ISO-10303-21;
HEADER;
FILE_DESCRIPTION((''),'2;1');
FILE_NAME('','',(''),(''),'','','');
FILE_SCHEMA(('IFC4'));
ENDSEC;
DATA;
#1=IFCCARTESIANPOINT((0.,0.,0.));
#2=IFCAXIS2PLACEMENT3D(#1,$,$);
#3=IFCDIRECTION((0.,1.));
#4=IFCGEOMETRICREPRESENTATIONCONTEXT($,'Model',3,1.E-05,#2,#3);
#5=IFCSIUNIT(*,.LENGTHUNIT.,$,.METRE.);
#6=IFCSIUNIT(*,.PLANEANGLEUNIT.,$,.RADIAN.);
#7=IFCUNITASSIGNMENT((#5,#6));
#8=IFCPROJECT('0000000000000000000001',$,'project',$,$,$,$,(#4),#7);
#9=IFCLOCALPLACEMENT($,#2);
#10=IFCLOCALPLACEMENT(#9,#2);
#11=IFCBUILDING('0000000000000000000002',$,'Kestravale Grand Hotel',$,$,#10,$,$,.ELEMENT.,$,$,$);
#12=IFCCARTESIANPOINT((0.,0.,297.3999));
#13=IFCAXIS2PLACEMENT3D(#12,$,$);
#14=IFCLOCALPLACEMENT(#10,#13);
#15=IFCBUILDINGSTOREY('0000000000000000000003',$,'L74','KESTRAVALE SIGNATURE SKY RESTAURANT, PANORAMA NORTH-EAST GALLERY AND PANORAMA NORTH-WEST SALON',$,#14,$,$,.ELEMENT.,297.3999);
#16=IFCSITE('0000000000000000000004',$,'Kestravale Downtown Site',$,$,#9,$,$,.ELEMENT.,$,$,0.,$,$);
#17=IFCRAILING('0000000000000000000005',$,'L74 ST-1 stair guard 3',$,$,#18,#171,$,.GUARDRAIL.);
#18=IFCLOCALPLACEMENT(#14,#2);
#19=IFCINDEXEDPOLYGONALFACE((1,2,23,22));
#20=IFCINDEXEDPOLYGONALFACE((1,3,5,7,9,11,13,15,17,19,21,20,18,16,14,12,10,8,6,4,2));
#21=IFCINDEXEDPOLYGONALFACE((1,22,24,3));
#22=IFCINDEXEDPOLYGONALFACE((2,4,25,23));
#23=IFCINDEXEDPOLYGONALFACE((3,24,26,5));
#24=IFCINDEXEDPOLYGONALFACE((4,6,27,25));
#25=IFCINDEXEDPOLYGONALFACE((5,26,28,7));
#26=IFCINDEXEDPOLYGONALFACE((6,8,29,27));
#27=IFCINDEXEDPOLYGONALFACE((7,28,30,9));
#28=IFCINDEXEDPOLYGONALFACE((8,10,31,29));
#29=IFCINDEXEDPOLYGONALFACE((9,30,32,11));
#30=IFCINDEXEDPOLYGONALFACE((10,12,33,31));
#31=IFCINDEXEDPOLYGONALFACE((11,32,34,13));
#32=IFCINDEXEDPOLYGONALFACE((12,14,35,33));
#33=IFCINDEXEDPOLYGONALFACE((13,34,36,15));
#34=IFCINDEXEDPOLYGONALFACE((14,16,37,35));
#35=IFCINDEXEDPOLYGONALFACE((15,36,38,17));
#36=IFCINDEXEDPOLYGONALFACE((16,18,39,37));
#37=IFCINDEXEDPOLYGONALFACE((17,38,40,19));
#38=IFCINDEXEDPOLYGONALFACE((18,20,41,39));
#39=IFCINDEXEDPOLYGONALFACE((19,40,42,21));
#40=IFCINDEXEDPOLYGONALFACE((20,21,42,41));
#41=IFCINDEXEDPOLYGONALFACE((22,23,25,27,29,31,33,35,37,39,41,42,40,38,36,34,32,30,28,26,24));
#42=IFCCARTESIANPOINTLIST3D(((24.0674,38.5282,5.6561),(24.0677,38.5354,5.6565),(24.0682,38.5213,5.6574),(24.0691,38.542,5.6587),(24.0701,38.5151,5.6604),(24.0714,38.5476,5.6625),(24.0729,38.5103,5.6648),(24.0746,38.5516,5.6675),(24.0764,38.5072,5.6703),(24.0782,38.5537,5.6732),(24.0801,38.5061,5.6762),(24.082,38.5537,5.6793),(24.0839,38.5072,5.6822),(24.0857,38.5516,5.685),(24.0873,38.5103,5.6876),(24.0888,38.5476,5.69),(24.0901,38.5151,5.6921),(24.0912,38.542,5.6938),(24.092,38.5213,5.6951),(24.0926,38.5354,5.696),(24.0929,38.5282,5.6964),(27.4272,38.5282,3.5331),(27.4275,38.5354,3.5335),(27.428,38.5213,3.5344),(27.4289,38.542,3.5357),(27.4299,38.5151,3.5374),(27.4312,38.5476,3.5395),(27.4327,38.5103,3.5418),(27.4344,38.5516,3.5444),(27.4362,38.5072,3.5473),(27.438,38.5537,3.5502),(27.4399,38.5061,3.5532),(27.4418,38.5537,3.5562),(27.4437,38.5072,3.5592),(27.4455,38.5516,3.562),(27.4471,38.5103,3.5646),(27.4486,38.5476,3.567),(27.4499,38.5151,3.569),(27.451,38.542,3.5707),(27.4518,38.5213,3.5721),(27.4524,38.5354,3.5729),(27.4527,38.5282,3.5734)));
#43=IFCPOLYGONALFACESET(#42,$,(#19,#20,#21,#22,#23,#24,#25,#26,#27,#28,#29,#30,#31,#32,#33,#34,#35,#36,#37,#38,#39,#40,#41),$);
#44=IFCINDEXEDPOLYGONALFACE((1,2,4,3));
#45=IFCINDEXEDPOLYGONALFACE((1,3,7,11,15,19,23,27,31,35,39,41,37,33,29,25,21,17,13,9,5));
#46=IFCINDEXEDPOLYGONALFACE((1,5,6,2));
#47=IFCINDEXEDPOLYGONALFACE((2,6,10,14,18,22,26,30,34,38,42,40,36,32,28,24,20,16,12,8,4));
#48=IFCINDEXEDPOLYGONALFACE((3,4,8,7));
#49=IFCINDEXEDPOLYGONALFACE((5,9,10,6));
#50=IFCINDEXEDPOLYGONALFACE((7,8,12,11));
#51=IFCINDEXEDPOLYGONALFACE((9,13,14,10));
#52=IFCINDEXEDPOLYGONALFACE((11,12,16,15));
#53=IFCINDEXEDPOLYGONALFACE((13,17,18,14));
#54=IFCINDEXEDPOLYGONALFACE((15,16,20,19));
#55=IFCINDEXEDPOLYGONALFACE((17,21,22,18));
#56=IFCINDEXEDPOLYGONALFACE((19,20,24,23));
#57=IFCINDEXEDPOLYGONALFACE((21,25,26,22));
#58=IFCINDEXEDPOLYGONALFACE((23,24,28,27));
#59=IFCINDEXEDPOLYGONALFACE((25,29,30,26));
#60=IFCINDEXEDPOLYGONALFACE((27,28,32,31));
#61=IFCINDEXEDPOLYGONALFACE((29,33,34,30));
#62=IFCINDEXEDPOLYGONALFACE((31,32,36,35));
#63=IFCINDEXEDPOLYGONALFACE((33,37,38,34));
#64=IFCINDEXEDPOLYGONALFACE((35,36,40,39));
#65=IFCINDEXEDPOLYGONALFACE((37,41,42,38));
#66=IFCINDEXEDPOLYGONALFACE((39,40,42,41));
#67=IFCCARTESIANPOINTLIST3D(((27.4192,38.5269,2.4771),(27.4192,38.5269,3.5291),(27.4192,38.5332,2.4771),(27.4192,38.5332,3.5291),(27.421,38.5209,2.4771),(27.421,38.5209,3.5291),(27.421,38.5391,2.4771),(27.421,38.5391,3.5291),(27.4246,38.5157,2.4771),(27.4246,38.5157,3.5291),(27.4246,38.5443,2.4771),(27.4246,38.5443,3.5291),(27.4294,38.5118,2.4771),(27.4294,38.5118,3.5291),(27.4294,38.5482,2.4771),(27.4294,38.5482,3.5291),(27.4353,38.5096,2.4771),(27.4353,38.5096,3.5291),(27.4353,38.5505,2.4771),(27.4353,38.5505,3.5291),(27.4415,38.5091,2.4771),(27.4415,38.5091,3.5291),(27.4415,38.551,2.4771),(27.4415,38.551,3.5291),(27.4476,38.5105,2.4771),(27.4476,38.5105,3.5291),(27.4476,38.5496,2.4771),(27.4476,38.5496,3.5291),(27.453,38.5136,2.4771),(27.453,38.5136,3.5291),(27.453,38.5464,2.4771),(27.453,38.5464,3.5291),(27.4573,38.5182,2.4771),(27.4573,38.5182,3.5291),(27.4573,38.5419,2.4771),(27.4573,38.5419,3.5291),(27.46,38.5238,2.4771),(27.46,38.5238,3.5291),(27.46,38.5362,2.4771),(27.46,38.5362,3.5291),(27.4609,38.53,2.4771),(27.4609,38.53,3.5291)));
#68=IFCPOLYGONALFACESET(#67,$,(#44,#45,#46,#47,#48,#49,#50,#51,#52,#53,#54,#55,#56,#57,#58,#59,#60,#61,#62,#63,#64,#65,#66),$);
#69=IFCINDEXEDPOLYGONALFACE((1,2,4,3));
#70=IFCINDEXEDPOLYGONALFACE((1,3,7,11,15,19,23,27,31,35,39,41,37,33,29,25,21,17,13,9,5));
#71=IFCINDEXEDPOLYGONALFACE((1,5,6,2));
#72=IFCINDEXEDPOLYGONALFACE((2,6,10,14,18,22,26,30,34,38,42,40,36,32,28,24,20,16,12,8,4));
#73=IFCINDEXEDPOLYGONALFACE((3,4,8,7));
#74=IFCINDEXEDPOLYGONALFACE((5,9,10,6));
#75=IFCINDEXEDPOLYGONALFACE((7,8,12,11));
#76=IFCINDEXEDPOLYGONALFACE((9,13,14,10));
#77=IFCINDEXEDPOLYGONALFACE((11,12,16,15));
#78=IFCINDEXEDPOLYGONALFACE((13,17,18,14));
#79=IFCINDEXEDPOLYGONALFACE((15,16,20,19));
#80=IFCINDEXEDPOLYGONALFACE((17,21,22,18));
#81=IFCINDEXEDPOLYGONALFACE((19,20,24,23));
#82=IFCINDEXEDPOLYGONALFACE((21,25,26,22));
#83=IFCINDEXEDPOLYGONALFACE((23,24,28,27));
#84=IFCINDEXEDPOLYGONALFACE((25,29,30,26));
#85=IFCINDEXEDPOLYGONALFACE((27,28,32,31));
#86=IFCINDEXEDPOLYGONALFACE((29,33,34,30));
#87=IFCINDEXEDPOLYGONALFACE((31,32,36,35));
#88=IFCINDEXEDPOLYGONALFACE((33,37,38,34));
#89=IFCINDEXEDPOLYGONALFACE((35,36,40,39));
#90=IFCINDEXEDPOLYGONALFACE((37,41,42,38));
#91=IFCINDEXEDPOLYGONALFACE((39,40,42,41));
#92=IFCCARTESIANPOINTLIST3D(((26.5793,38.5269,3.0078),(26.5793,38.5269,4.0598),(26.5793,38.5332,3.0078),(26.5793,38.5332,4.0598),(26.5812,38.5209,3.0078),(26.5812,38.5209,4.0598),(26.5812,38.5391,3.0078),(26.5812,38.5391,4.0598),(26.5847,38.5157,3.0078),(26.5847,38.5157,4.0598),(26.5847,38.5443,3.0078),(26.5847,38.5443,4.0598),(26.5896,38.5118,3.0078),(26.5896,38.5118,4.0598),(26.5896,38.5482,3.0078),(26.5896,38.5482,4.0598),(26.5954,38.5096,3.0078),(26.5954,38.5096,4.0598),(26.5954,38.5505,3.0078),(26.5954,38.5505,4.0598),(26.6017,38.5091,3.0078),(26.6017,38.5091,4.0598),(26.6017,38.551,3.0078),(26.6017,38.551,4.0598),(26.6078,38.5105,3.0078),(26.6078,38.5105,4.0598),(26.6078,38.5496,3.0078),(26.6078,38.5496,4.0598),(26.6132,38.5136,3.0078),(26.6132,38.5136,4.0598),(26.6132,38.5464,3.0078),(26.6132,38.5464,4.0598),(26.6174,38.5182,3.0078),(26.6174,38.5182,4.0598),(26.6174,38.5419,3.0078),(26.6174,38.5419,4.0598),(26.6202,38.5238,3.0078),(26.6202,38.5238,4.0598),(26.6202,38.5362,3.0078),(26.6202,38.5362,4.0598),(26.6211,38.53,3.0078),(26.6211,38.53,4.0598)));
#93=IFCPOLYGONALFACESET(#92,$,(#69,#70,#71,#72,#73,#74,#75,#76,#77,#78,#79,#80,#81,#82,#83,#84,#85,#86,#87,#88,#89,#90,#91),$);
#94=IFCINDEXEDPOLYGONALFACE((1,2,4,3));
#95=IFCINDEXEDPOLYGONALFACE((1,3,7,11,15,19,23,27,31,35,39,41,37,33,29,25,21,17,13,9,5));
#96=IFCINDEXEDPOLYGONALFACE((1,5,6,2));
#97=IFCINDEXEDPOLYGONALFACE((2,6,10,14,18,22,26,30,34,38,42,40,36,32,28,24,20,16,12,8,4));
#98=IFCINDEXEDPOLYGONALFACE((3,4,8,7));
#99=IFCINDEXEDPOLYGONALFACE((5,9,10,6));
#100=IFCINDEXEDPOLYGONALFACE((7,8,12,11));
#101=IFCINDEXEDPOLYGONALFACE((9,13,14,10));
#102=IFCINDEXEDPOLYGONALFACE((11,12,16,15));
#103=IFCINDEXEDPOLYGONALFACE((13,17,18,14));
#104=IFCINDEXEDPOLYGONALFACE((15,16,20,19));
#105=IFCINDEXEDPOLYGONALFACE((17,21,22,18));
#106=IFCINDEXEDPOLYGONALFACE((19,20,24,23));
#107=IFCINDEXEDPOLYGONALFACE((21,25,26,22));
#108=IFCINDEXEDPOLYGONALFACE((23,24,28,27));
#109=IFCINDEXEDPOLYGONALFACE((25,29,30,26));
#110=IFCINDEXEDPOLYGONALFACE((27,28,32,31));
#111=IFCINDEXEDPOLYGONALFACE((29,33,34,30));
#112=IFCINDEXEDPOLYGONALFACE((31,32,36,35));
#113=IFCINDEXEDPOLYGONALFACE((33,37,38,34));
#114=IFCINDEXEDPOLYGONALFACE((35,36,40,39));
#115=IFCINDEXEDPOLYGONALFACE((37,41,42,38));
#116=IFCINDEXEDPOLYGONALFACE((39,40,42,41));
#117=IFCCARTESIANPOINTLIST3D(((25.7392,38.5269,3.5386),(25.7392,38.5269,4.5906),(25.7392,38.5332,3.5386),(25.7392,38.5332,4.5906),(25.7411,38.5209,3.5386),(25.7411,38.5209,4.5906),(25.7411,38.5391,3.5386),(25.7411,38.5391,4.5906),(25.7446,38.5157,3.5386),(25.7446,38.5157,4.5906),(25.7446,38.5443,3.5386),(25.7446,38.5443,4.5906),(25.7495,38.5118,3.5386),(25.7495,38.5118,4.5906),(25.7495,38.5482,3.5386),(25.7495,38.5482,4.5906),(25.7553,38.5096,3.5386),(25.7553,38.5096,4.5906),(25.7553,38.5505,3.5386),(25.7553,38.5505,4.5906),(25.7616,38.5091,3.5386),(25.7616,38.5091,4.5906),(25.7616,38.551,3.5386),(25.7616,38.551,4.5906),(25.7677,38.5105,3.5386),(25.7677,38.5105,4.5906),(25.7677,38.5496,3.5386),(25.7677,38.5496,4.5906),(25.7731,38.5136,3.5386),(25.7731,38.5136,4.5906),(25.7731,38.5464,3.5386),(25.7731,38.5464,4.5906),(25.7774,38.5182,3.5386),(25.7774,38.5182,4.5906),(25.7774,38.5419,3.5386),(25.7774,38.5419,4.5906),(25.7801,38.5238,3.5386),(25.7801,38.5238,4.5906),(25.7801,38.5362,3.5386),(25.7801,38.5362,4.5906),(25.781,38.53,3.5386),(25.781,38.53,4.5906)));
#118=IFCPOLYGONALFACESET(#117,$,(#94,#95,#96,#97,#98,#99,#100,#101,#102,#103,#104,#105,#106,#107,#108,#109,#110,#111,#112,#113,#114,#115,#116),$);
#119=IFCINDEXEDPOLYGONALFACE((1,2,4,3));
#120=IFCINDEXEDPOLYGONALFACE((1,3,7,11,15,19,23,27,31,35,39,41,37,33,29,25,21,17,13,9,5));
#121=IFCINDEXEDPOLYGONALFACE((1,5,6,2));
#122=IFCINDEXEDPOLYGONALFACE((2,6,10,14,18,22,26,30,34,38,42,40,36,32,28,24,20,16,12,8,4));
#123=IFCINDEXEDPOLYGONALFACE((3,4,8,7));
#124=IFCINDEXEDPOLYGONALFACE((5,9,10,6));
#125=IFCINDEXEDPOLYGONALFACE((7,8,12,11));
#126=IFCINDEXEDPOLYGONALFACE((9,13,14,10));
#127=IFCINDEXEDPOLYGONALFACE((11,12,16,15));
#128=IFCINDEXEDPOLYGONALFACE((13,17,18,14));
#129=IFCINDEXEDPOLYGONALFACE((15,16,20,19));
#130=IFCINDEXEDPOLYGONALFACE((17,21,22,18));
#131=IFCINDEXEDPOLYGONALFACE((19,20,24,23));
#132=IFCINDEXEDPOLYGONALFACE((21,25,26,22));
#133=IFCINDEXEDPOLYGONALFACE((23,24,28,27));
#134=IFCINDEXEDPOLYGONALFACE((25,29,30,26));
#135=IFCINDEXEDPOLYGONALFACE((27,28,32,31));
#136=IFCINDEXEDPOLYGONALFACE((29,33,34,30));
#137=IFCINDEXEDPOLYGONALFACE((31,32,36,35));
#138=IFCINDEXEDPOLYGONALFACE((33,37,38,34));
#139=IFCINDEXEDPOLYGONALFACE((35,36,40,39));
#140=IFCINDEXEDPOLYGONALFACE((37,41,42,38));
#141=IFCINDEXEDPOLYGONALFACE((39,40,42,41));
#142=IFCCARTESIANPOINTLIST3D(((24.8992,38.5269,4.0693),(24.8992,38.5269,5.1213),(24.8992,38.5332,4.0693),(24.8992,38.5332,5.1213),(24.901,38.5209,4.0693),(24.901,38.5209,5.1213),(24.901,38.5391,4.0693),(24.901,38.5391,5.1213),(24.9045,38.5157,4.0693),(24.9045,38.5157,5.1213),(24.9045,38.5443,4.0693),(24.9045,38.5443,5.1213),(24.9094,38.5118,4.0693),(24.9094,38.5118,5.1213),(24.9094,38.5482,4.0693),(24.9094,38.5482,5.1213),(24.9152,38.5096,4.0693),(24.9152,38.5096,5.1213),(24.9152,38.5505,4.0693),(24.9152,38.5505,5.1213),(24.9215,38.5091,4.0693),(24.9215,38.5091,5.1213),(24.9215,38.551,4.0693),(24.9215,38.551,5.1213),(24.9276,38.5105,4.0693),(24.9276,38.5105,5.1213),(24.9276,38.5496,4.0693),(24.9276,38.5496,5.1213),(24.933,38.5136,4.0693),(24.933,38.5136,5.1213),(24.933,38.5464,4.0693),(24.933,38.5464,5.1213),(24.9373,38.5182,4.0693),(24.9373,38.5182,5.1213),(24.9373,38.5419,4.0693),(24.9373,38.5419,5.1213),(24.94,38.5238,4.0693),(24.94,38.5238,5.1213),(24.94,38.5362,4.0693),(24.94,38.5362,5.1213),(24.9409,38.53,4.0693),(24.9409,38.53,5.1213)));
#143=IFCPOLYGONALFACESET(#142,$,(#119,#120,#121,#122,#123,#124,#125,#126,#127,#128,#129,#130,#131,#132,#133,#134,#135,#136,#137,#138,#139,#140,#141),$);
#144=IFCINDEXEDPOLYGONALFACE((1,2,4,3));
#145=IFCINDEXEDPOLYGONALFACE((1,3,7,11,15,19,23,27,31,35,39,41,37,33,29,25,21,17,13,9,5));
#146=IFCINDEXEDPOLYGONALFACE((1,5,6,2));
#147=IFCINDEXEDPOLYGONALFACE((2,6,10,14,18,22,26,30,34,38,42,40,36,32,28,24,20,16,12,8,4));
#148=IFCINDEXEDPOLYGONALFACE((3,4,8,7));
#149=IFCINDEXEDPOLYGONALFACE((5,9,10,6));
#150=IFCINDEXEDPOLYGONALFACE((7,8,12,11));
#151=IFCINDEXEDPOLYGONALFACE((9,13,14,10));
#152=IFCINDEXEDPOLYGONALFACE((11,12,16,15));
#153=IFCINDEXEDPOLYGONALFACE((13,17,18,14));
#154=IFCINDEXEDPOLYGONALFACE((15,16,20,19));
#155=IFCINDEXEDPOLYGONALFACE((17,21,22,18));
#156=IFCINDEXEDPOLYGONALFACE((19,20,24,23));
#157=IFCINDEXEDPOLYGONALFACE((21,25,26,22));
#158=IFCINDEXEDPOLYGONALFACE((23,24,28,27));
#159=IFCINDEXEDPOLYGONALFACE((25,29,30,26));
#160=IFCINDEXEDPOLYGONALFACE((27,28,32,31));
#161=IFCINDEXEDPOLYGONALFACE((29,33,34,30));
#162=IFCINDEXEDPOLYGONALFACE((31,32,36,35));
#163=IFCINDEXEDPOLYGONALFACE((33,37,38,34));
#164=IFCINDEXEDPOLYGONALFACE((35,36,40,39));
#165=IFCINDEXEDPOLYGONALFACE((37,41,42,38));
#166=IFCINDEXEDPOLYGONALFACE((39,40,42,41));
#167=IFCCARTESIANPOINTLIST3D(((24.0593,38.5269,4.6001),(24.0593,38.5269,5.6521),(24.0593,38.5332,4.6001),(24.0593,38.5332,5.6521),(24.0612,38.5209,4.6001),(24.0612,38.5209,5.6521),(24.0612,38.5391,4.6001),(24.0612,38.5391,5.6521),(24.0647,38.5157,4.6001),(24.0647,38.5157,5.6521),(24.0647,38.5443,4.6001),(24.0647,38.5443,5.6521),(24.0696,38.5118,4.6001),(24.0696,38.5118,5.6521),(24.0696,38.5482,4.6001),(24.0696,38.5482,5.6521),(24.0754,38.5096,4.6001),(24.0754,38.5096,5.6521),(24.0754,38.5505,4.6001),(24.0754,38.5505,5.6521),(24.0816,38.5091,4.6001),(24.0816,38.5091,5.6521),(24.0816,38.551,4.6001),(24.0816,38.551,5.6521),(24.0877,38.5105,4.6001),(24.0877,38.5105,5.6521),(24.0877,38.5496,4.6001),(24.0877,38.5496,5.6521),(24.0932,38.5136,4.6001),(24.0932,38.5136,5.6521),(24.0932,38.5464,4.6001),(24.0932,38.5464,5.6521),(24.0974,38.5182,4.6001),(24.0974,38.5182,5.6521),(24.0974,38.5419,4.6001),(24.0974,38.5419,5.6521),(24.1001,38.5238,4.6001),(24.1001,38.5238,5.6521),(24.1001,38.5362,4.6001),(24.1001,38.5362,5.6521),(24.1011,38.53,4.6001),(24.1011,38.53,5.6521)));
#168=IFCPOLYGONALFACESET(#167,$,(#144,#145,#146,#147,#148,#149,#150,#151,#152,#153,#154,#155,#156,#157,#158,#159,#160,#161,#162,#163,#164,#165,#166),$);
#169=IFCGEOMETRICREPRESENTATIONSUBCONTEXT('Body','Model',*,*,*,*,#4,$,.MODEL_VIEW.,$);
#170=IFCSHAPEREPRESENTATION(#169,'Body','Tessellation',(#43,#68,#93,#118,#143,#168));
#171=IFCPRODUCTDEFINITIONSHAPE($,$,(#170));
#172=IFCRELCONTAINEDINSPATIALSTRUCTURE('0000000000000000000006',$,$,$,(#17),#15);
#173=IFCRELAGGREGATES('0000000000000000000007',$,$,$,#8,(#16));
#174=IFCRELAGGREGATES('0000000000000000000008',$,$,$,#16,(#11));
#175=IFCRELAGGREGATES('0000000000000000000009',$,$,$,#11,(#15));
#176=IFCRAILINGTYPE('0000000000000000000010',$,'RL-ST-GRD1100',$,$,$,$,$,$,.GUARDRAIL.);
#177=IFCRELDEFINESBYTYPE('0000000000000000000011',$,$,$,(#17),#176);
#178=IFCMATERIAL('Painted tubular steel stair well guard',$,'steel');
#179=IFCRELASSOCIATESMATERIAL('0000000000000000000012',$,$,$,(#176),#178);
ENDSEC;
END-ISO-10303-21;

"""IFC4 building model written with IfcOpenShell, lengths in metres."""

from ifc_helpers import new_model, si_unit, direction, frame, origin, origin_2d, place, context, subcontext, project, spatial, circle, extrude, material, type_object, element, save


model = new_model("IFC4")

# Units and contexts
model_context = context("Model", 3, precision=1e-05, world=origin(), true_north=direction((0.0, 1.0)))
body_context = subcontext(model_context, "Body", "Model", "MODEL_VIEW")
ifc_project = project(units=[si_unit("LENGTHUNIT", "METRE"), si_unit("PLANEANGLEUNIT", "RADIAN")], contexts=[model_context])

# Site, building, storey
site_placement = place(None, origin())
site = spatial("IfcSite", under=ifc_project, at=site_placement, Name="Kestravale Downtown Site", CompositionType="ELEMENT", RefElevation=0.0)
building_placement = place(site_placement, origin())
building = spatial("IfcBuilding", under=site, at=building_placement, Name="Kestravale Grand Hotel", CompositionType="ELEMENT")
storey_placement = place(building_placement, frame((0.0, 0.0, 297.3999)))
storey = spatial("IfcBuildingStorey", under=building, at=storey_placement, Name="L74", Description="KESTRAVALE SIGNATURE SKY RESTAURANT, PANORAMA NORTH-EAST GALLERY AND PANORAMA NORTH-WEST SALON", CompositionType="ELEMENT", Elevation=297.3999)

# Railing
ifc_material_1 = material(Name="Painted tubular steel stair well guard", Category="steel")
railing_type_1 = type_object("IfcRailingType", Name="RL-ST-GRD1100", PredefinedType="GUARDRAIL", material=ifc_material_1)
railing_1_placement = place(storey_placement, frame((27.4399, 38.53, 2.4771)))
element("IfcRailing", 1, at=railing_1_placement, inside=storey, type_object=railing_type_1, Name="L74 ST-1 stair guard 3", PredefinedType="GUARDRAIL", context=body_context, shape_type="SweptSolid", body=[
    extrude(circle(Radius=0.0239, at=origin_2d()), frame((0.0, 0.0, 1.0762), z_axis=(-0.845372, 0.0, 0.534178), x_axis=(0.0, -1.0, 0.0)), (0.0, 0.0, 1.0), 3.9744),
    extrude(circle(Radius=0.021, at=origin_2d()), origin(), (0.0, 0.0, 1.0), 1.052),
    extrude(circle(Radius=0.021, at=origin_2d()), frame((-0.8398, 0.0, 0.5308)), (0.0, 0.0, 1.0), 1.052),
    extrude(circle(Radius=0.021, at=origin_2d()), frame((-1.6799, 0.0, 1.0615)), (0.0, 0.0, 1.0), 1.052),
    extrude(circle(Radius=0.021, at=origin_2d()), frame((-2.52, 0.0, 1.5923)), (0.0, 0.0, 1.0), 1.052),
    extrude(circle(Radius=0.021, at=origin_2d()), frame((-3.3599, 0.0, 2.123)), (0.0, 0.0, 1.0), 1.052),
])

save(model, "model.ifc")
